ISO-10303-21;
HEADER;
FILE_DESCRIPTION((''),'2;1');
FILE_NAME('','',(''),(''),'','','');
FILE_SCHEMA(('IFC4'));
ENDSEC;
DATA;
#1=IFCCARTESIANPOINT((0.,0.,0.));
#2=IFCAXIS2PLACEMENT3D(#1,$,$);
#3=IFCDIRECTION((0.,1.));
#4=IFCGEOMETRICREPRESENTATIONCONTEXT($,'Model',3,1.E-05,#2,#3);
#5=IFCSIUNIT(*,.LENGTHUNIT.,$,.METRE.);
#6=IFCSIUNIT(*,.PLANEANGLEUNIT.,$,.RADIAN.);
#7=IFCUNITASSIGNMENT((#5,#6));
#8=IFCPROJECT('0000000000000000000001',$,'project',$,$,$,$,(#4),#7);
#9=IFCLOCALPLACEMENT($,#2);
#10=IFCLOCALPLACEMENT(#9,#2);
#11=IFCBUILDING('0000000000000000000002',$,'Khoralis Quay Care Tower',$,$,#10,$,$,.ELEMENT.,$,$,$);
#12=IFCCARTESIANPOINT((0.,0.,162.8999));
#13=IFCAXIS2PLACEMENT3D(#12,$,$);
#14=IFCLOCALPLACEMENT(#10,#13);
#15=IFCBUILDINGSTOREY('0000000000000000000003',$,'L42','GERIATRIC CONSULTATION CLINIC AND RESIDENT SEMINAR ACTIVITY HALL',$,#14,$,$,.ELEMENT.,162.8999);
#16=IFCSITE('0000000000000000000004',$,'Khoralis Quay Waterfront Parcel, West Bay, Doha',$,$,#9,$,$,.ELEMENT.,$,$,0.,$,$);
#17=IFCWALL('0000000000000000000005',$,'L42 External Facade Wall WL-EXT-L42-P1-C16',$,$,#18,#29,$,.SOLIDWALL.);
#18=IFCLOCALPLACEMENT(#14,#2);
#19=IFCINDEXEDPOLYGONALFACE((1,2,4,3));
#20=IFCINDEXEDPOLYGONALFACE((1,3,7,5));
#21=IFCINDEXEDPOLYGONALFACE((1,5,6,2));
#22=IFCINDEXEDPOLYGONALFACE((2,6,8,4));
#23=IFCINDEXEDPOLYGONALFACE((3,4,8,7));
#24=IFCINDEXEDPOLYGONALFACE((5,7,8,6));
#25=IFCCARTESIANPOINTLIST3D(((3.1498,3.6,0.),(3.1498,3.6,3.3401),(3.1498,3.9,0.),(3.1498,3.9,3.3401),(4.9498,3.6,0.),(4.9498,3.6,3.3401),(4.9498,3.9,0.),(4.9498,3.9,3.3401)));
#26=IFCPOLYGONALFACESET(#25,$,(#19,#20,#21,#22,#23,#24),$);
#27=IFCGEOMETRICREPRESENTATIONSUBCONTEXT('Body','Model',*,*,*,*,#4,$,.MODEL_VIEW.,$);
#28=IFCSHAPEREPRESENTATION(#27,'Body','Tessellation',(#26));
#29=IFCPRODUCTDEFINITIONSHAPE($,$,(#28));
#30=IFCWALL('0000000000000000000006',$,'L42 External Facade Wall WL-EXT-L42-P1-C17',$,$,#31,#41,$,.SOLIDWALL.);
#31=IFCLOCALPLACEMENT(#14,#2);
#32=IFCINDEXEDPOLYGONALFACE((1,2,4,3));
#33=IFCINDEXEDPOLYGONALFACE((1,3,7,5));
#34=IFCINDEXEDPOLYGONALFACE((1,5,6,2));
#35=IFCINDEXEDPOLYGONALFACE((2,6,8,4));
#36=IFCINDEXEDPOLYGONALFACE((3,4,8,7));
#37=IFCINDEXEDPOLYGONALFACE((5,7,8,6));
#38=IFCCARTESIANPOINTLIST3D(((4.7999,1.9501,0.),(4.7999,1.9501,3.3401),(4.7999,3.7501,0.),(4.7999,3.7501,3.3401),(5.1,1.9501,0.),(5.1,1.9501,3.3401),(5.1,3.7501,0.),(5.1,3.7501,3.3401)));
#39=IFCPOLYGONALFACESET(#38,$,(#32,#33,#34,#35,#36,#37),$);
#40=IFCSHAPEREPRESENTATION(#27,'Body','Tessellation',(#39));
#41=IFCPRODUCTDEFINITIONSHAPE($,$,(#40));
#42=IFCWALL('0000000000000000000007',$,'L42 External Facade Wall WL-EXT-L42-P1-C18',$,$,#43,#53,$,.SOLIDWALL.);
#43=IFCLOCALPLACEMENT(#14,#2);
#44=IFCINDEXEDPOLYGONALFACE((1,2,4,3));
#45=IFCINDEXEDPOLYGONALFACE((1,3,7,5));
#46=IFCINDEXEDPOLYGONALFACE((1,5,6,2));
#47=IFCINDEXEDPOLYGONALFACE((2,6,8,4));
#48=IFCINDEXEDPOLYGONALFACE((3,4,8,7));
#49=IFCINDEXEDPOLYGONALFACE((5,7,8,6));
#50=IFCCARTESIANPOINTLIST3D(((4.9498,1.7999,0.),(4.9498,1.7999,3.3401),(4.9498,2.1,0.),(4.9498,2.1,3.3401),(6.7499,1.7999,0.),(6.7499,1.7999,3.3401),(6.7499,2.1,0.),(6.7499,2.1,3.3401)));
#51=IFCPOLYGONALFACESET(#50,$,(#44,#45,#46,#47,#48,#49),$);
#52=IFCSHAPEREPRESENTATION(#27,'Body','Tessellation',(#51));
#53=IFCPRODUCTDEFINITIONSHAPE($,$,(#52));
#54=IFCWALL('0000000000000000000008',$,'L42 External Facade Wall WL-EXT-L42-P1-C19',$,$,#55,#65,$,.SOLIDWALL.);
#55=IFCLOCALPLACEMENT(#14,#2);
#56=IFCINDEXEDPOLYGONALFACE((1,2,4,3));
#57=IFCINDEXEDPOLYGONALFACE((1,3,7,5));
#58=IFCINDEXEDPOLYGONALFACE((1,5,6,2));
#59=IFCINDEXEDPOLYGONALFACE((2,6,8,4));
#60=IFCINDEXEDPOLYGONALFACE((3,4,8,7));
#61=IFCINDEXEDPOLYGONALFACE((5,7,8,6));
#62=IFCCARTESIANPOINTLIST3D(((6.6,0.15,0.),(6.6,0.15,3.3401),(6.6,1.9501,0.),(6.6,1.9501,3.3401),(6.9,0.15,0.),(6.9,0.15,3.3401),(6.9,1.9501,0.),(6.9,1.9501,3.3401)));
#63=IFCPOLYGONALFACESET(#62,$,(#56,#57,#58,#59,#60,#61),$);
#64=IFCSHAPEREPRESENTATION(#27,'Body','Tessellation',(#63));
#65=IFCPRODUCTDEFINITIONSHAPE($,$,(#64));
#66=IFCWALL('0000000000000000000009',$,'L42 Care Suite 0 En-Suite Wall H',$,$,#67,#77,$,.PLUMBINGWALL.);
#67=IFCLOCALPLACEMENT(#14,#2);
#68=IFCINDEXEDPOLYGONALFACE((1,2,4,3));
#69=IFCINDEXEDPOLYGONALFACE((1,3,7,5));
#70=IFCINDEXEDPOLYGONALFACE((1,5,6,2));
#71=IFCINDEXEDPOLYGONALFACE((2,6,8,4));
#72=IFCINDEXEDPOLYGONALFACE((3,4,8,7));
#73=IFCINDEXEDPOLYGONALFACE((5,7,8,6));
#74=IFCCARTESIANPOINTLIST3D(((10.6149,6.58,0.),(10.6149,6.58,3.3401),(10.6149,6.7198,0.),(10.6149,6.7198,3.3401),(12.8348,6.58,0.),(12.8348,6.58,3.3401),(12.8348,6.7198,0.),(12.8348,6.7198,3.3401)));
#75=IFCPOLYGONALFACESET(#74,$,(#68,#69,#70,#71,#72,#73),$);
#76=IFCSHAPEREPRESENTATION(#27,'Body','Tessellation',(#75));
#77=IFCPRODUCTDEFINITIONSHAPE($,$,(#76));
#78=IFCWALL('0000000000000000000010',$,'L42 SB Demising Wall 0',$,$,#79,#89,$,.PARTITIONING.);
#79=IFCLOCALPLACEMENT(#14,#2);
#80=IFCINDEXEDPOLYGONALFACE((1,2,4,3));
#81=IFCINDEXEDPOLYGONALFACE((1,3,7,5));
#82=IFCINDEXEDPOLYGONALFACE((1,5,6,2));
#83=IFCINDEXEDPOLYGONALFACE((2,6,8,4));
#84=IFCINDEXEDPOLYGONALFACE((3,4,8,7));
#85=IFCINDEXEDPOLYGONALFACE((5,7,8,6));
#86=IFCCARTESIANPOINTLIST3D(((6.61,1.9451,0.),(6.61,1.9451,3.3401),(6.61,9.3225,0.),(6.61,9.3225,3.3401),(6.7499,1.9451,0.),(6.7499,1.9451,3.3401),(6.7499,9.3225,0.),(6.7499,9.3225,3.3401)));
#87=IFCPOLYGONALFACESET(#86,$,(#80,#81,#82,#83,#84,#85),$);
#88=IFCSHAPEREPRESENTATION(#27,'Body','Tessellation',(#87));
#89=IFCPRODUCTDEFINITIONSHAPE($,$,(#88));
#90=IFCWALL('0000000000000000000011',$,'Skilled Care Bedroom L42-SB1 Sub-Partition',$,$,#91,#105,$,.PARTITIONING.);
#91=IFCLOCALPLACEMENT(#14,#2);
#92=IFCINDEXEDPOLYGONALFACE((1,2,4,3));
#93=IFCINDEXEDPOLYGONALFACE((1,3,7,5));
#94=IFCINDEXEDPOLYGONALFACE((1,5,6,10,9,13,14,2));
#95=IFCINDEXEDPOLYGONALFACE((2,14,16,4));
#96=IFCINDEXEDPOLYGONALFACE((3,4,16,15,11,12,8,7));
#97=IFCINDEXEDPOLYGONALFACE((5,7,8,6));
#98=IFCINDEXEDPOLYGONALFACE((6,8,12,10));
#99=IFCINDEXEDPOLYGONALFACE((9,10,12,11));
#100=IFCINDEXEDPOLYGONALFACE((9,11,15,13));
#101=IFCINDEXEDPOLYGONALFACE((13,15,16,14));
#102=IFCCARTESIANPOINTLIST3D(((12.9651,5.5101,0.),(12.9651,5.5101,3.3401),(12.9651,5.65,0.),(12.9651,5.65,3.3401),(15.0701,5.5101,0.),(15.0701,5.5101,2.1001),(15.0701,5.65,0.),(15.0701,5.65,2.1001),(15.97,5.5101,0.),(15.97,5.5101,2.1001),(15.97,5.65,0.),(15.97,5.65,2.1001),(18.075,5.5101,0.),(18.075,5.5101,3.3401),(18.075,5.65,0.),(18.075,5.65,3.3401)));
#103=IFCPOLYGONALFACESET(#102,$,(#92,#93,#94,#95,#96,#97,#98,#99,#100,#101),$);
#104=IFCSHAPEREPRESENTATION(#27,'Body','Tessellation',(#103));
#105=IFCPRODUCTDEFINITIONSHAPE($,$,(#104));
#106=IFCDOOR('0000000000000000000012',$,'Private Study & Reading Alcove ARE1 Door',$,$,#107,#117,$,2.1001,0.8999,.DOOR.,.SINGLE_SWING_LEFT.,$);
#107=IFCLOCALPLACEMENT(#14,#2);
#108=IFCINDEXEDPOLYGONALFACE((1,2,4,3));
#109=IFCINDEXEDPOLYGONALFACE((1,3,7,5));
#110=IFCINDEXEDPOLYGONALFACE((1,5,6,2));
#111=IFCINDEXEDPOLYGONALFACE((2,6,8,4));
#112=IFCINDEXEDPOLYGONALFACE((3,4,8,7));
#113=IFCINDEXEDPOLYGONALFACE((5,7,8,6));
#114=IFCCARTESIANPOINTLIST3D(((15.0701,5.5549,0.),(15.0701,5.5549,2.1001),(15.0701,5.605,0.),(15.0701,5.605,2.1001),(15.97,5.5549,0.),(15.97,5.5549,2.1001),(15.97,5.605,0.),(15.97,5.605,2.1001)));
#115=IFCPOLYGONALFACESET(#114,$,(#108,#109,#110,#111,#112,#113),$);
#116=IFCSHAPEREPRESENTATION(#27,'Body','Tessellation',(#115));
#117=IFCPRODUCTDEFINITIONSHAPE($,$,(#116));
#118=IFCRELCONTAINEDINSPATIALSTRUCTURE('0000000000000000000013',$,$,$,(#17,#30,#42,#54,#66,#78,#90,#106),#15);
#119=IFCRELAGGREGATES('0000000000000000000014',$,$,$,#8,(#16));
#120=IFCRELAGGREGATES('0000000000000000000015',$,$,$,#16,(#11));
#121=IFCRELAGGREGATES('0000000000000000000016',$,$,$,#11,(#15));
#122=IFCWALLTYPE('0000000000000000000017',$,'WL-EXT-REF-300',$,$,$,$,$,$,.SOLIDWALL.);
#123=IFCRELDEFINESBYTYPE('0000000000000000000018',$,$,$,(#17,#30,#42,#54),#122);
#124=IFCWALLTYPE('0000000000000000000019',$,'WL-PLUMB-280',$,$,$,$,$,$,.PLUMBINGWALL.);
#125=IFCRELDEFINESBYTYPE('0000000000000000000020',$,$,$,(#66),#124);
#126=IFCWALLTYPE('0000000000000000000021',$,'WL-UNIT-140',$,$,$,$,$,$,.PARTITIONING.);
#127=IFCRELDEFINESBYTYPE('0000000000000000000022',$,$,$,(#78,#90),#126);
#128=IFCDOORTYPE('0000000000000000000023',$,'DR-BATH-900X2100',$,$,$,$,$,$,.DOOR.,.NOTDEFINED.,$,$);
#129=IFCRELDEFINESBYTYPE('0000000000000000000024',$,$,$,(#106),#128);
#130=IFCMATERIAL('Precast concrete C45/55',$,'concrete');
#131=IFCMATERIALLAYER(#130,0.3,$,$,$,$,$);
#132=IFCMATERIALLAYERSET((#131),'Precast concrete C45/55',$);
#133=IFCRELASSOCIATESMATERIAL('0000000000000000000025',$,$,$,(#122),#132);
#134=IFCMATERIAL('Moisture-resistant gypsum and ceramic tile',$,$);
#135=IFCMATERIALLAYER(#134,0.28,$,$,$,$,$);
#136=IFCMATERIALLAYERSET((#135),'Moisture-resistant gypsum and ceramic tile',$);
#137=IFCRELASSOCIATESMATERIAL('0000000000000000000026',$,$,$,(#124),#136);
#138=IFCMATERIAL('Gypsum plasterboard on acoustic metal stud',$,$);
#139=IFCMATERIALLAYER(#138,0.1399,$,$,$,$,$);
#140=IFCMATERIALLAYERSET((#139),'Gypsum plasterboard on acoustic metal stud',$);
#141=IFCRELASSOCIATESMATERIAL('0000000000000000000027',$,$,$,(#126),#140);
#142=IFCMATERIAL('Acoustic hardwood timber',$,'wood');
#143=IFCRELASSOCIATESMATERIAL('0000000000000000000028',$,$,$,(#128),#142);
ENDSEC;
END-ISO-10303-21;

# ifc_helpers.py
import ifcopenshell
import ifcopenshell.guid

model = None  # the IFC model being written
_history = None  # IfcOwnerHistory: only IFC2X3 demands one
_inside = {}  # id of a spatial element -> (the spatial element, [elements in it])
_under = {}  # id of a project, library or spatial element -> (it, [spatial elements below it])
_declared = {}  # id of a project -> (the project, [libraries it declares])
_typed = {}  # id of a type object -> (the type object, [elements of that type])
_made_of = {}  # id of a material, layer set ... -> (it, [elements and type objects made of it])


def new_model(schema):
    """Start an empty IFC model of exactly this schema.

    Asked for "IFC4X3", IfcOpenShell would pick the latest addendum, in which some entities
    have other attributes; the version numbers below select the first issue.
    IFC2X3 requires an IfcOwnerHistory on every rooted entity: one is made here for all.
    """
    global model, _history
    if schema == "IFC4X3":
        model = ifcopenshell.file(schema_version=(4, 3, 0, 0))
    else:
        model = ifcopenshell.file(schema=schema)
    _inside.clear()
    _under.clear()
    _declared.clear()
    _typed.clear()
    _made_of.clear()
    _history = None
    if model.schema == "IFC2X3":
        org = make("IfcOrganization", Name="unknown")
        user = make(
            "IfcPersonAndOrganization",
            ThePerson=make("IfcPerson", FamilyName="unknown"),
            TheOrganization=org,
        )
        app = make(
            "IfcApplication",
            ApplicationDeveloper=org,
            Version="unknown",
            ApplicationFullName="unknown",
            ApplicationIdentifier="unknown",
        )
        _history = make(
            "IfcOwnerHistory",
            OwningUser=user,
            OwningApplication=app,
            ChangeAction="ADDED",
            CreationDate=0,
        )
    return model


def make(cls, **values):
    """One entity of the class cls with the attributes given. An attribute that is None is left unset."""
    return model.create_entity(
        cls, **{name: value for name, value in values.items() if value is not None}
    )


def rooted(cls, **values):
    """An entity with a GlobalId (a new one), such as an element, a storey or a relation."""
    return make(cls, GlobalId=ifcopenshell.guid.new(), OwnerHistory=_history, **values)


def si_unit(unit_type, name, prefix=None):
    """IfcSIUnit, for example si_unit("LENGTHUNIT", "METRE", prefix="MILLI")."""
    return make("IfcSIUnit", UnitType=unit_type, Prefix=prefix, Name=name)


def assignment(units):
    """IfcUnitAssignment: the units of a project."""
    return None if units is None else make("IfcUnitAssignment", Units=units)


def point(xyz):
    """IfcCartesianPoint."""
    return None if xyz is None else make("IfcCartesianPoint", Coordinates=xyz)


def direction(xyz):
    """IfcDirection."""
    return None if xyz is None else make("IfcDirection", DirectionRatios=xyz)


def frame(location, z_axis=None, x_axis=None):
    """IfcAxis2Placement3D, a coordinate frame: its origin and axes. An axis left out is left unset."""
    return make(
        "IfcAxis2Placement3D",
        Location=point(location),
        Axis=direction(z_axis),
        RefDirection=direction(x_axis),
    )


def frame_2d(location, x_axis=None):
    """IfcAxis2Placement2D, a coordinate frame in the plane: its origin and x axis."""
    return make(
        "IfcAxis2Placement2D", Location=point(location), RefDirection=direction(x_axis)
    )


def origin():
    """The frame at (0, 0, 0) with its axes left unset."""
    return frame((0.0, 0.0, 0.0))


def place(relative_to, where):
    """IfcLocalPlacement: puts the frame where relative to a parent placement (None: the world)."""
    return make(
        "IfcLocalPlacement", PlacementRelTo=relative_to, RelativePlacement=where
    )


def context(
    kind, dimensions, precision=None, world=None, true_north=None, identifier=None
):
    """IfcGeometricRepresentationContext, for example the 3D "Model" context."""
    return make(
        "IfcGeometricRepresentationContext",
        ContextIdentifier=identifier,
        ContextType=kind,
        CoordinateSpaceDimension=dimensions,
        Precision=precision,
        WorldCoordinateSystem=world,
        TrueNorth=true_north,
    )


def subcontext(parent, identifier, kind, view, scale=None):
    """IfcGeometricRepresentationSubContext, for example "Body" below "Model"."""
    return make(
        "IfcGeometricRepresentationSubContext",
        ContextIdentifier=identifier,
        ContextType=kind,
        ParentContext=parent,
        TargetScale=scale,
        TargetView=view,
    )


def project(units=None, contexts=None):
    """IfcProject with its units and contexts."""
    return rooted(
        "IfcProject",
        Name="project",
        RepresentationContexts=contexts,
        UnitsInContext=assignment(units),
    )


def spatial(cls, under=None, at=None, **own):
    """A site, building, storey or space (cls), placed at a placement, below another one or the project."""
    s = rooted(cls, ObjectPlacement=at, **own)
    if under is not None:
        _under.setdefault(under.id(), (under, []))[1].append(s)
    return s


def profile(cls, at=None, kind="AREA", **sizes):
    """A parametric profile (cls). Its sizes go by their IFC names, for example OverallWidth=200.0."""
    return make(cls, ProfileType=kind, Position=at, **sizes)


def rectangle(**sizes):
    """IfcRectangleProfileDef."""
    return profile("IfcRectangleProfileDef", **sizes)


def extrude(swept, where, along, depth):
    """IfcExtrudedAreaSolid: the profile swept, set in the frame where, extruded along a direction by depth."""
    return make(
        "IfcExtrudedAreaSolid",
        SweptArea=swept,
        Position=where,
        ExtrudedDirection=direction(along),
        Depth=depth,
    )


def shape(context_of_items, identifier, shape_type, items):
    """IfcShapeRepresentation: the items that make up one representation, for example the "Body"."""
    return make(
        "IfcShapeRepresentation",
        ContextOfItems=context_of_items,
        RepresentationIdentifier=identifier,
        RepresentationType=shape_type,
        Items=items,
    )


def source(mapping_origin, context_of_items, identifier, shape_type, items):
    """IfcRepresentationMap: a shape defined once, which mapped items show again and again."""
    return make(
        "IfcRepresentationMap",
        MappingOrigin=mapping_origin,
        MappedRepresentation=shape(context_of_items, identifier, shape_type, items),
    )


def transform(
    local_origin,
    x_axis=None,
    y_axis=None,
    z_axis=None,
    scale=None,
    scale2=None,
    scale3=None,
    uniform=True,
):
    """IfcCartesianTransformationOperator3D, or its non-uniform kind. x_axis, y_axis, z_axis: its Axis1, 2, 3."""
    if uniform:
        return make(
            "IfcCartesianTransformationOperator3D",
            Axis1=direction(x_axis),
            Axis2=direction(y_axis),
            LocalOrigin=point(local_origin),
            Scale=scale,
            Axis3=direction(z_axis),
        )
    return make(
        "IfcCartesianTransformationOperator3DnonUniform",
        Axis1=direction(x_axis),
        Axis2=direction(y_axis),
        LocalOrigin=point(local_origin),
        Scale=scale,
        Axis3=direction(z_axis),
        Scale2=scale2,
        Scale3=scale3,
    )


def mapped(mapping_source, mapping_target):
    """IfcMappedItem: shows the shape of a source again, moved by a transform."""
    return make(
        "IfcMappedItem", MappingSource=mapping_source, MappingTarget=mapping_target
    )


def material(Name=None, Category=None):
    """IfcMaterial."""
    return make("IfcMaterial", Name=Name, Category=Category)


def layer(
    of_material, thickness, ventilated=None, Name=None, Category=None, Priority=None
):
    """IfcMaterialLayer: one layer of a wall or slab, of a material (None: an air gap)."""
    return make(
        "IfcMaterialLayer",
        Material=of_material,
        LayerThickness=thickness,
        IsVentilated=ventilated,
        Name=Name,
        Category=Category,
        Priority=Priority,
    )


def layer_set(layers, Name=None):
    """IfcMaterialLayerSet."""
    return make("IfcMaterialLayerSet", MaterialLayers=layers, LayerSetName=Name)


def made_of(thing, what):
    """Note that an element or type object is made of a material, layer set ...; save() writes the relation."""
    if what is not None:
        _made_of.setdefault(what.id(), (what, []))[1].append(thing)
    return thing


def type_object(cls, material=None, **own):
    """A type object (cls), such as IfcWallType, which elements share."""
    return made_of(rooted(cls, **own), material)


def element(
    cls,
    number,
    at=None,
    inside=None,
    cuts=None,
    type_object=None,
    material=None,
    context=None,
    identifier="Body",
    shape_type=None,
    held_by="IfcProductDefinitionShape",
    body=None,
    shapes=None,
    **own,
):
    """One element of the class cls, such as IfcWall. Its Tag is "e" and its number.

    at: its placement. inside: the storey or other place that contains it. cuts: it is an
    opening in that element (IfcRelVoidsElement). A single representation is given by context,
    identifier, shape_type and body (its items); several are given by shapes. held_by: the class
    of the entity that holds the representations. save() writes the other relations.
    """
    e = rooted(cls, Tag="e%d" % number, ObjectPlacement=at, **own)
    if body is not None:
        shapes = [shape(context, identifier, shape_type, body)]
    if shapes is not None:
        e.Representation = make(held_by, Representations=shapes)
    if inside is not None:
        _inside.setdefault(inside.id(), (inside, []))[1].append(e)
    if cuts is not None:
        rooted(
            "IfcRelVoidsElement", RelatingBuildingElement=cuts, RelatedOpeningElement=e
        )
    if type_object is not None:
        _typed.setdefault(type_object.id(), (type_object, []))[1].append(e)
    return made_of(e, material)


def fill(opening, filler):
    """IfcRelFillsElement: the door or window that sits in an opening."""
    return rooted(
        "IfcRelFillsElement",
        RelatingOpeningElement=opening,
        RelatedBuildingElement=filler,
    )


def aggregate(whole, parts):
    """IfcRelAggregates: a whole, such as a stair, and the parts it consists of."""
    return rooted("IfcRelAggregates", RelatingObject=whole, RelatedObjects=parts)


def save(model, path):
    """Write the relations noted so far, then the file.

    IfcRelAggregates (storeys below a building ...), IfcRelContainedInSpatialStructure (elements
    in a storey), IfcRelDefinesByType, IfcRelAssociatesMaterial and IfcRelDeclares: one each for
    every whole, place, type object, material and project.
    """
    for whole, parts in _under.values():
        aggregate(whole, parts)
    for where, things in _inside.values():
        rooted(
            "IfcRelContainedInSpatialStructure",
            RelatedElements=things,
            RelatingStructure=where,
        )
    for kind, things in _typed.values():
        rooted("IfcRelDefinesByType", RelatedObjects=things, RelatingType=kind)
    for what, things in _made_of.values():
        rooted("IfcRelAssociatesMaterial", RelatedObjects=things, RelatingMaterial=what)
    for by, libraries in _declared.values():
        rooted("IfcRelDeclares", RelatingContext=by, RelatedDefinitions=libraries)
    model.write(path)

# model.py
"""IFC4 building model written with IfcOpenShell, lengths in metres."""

from ifc_helpers import new_model, si_unit, direction, frame, frame_2d, origin, place, context, subcontext, project, spatial, rectangle, extrude, source, transform, mapped, material, layer, layer_set, type_object, element, fill, save


model = new_model("IFC4")

# Units and contexts
model_context = context("Model", 3, precision=1e-05, world=origin(), true_north=direction((0.0, 1.0)))
body_context = subcontext(model_context, "Body", "Model", "MODEL_VIEW")
ifc_project = project(units=[si_unit("LENGTHUNIT", "METRE"), si_unit("PLANEANGLEUNIT", "RADIAN")], contexts=[model_context])

# Site, building, storey
site_placement = place(None, origin())
site = spatial("IfcSite", under=ifc_project, at=site_placement, Name="Khoralis Quay Waterfront Parcel, West Bay, Doha", CompositionType="ELEMENT", RefElevation=0.0)
building_placement = place(site_placement, origin())
building = spatial("IfcBuilding", under=site, at=building_placement, Name="Khoralis Quay Care Tower", CompositionType="ELEMENT")
storey_placement = place(building_placement, frame((0.0, 0.0, 162.8999)))
storey = spatial("IfcBuildingStorey", under=building, at=storey_placement, Name="L42", Description="GERIATRIC CONSULTATION CLINIC AND RESIDENT SEMINAR ACTIVITY HALL", CompositionType="ELEMENT", Elevation=162.8999)

# Shared definitions
ifc_material_1 = material(Name="Precast concrete C45/55", Category="concrete")
ifc_layer_1 = layer(ifc_material_1, 0.3)
ifc_layer_set_1 = layer_set([ifc_layer_1], Name="Precast concrete C45/55")
wall_type_1 = type_object("IfcWallType", Name="WL-EXT-REF-300", PredefinedType="SOLIDWALL", material=ifc_layer_set_1)

# Walls
for number, where, z_axis, x_axis, name in (
    (1, (3.1499, 3.75, 0.0), (0.0, 0.0, 1.0), (1.0, 0.0, 0.0), "L42 External Facade Wall WL-EXT-L42-P1-C16"),
    (2, (4.95, 3.75, 0.0), (0.0, 0.0, 1.0), (0.0, -1.0, 0.0), "L42 External Facade Wall WL-EXT-L42-P1-C17"),
    (3, (4.95, 1.95, 0.0), (0.0, 0.0, 1.0), (1.0, 0.0, 0.0), "L42 External Facade Wall WL-EXT-L42-P1-C18"),
    (4, (6.75, 1.95, 0.0), (0.0, 0.0, 1.0), (0.0, -1.0, 0.0), "L42 External Facade Wall WL-EXT-L42-P1-C19"),
):
    element("IfcWall", number, at=place(storey_placement, frame(where, z_axis=z_axis, x_axis=x_axis)), inside=storey, type_object=wall_type_1, Name=name, PredefinedType="SOLIDWALL", context=body_context, shape_type="SweptSolid", body=[
        extrude(rectangle(XDim=1.8, YDim=0.3, at=frame_2d((0.8999, 0.0))), origin(), (0.0, 0.0, 1.0), 3.3401),
    ])
ifc_material_2 = material(Name="Moisture-resistant gypsum and ceramic tile")
ifc_layer_2 = layer(ifc_material_2, 0.28)
ifc_layer_set_2 = layer_set([ifc_layer_2], Name="Moisture-resistant gypsum and ceramic tile")
wall_type_2 = type_object("IfcWallType", Name="WL-PLUMB-280", PredefinedType="PLUMBINGWALL", material=ifc_layer_set_2)
wall_1_placement = place(storey_placement, frame((10.615, 6.6499, 0.0), z_axis=(0.0, 0.0, 1.0), x_axis=(1.0, 0.0, 0.0)))
element("IfcWall", 5, at=wall_1_placement, inside=storey, type_object=wall_type_2, Name="L42 Care Suite 0 En-Suite Wall H", PredefinedType="PLUMBINGWALL", context=body_context, shape_type="SweptSolid", body=[
    extrude(rectangle(XDim=2.22, YDim=0.1399, at=frame_2d((1.1099, 0.0))), origin(), (0.0, 0.0, 1.0), 3.3401),
])
ifc_material_3 = material(Name="Gypsum plasterboard on acoustic metal stud")
ifc_layer_3 = layer(ifc_material_3, 0.1399)
ifc_layer_set_3 = layer_set([ifc_layer_3], Name="Gypsum plasterboard on acoustic metal stud")
wall_type_3 = type_object("IfcWallType", Name="WL-UNIT-140", PredefinedType="PARTITIONING", material=ifc_layer_set_3)
wall_2_placement = place(storey_placement, frame((6.6799, 1.9451, 0.0), z_axis=(0.0, 0.0, 1.0), x_axis=(0.0, 1.0, 0.0)))
element("IfcWall", 6, at=wall_2_placement, inside=storey, type_object=wall_type_3, Name="L42 SB Demising Wall 0", PredefinedType="PARTITIONING", context=body_context, shape_type="SweptSolid", body=[
    extrude(rectangle(XDim=7.3774, YDim=0.1399, at=frame_2d((3.6887, 0.0))), origin(), (0.0, 0.0, 1.0), 3.3401),
])

# Wall, opening, door
wall_3_placement = place(storey_placement, frame((12.9651, 5.5801, 0.0), z_axis=(0.0, 0.0, 1.0), x_axis=(1.0, 0.0, 0.0)))
wall_3 = element("IfcWall", 7, at=wall_3_placement, inside=storey, type_object=wall_type_3, Name="Skilled Care Bedroom L42-SB1 Sub-Partition", PredefinedType="PARTITIONING", context=body_context, shape_type="SweptSolid", body=[
    extrude(rectangle(XDim=5.1099, YDim=0.1399, at=frame_2d((2.5549, 0.0))), origin(), (0.0, 0.0, 1.0), 3.3401),
])
opening_1_placement = place(wall_3_placement, frame((2.105, 0.0, 0.0)))
opening_1 = element("IfcOpeningElement", 8, at=opening_1_placement, cuts=wall_3, PredefinedType="OPENING", context=body_context, shape_type="SweptSolid", body=[
    extrude(rectangle(XDim=0.8999, YDim=2.1001, at=frame_2d((0.45, 1.05))), frame((0.0, 0.0801, 0.0), z_axis=(0.0, -1.0, 0.0), x_axis=(1.0, 0.0, 0.0)), (0.0, 0.0, 1.0), 0.1599),
])
ifc_material_4 = material(Name="Acoustic hardwood timber", Category="wood")
door_type_1 = type_object("IfcDoorType", Name="DR-BATH-900X2100", OperationType="NOTDEFINED", PredefinedType="DOOR", material=ifc_material_4)
shared_shape_1 = source(origin(), body_context, "Body", "SweptSolid", [
    extrude(rectangle(XDim=0.8999, YDim=2.1001, at=frame_2d((0.45, 1.05))), frame((0.0, 0.0249, 0.0), z_axis=(0.0, -1.0, 0.0), x_axis=(1.0, 0.0, 0.0)), (0.0, 0.0, 1.0), 0.05),
])
door_1_placement = place(opening_1_placement, origin())
door_1 = element("IfcDoor", 9, at=door_1_placement, inside=storey, type_object=door_type_1, Name="Private Study & Reading Alcove ARE1 Door", OperationType="SINGLE_SWING_LEFT", OverallHeight=2.1001, OverallWidth=0.8999, PredefinedType="DOOR", context=body_context, shape_type="MappedRepresentation", body=[
    mapped(shared_shape_1, transform((0.0, 0.0, 0.0), scale=1.0)),
])
fill(opening_1, door_1)

save(model, "model.ifc")
